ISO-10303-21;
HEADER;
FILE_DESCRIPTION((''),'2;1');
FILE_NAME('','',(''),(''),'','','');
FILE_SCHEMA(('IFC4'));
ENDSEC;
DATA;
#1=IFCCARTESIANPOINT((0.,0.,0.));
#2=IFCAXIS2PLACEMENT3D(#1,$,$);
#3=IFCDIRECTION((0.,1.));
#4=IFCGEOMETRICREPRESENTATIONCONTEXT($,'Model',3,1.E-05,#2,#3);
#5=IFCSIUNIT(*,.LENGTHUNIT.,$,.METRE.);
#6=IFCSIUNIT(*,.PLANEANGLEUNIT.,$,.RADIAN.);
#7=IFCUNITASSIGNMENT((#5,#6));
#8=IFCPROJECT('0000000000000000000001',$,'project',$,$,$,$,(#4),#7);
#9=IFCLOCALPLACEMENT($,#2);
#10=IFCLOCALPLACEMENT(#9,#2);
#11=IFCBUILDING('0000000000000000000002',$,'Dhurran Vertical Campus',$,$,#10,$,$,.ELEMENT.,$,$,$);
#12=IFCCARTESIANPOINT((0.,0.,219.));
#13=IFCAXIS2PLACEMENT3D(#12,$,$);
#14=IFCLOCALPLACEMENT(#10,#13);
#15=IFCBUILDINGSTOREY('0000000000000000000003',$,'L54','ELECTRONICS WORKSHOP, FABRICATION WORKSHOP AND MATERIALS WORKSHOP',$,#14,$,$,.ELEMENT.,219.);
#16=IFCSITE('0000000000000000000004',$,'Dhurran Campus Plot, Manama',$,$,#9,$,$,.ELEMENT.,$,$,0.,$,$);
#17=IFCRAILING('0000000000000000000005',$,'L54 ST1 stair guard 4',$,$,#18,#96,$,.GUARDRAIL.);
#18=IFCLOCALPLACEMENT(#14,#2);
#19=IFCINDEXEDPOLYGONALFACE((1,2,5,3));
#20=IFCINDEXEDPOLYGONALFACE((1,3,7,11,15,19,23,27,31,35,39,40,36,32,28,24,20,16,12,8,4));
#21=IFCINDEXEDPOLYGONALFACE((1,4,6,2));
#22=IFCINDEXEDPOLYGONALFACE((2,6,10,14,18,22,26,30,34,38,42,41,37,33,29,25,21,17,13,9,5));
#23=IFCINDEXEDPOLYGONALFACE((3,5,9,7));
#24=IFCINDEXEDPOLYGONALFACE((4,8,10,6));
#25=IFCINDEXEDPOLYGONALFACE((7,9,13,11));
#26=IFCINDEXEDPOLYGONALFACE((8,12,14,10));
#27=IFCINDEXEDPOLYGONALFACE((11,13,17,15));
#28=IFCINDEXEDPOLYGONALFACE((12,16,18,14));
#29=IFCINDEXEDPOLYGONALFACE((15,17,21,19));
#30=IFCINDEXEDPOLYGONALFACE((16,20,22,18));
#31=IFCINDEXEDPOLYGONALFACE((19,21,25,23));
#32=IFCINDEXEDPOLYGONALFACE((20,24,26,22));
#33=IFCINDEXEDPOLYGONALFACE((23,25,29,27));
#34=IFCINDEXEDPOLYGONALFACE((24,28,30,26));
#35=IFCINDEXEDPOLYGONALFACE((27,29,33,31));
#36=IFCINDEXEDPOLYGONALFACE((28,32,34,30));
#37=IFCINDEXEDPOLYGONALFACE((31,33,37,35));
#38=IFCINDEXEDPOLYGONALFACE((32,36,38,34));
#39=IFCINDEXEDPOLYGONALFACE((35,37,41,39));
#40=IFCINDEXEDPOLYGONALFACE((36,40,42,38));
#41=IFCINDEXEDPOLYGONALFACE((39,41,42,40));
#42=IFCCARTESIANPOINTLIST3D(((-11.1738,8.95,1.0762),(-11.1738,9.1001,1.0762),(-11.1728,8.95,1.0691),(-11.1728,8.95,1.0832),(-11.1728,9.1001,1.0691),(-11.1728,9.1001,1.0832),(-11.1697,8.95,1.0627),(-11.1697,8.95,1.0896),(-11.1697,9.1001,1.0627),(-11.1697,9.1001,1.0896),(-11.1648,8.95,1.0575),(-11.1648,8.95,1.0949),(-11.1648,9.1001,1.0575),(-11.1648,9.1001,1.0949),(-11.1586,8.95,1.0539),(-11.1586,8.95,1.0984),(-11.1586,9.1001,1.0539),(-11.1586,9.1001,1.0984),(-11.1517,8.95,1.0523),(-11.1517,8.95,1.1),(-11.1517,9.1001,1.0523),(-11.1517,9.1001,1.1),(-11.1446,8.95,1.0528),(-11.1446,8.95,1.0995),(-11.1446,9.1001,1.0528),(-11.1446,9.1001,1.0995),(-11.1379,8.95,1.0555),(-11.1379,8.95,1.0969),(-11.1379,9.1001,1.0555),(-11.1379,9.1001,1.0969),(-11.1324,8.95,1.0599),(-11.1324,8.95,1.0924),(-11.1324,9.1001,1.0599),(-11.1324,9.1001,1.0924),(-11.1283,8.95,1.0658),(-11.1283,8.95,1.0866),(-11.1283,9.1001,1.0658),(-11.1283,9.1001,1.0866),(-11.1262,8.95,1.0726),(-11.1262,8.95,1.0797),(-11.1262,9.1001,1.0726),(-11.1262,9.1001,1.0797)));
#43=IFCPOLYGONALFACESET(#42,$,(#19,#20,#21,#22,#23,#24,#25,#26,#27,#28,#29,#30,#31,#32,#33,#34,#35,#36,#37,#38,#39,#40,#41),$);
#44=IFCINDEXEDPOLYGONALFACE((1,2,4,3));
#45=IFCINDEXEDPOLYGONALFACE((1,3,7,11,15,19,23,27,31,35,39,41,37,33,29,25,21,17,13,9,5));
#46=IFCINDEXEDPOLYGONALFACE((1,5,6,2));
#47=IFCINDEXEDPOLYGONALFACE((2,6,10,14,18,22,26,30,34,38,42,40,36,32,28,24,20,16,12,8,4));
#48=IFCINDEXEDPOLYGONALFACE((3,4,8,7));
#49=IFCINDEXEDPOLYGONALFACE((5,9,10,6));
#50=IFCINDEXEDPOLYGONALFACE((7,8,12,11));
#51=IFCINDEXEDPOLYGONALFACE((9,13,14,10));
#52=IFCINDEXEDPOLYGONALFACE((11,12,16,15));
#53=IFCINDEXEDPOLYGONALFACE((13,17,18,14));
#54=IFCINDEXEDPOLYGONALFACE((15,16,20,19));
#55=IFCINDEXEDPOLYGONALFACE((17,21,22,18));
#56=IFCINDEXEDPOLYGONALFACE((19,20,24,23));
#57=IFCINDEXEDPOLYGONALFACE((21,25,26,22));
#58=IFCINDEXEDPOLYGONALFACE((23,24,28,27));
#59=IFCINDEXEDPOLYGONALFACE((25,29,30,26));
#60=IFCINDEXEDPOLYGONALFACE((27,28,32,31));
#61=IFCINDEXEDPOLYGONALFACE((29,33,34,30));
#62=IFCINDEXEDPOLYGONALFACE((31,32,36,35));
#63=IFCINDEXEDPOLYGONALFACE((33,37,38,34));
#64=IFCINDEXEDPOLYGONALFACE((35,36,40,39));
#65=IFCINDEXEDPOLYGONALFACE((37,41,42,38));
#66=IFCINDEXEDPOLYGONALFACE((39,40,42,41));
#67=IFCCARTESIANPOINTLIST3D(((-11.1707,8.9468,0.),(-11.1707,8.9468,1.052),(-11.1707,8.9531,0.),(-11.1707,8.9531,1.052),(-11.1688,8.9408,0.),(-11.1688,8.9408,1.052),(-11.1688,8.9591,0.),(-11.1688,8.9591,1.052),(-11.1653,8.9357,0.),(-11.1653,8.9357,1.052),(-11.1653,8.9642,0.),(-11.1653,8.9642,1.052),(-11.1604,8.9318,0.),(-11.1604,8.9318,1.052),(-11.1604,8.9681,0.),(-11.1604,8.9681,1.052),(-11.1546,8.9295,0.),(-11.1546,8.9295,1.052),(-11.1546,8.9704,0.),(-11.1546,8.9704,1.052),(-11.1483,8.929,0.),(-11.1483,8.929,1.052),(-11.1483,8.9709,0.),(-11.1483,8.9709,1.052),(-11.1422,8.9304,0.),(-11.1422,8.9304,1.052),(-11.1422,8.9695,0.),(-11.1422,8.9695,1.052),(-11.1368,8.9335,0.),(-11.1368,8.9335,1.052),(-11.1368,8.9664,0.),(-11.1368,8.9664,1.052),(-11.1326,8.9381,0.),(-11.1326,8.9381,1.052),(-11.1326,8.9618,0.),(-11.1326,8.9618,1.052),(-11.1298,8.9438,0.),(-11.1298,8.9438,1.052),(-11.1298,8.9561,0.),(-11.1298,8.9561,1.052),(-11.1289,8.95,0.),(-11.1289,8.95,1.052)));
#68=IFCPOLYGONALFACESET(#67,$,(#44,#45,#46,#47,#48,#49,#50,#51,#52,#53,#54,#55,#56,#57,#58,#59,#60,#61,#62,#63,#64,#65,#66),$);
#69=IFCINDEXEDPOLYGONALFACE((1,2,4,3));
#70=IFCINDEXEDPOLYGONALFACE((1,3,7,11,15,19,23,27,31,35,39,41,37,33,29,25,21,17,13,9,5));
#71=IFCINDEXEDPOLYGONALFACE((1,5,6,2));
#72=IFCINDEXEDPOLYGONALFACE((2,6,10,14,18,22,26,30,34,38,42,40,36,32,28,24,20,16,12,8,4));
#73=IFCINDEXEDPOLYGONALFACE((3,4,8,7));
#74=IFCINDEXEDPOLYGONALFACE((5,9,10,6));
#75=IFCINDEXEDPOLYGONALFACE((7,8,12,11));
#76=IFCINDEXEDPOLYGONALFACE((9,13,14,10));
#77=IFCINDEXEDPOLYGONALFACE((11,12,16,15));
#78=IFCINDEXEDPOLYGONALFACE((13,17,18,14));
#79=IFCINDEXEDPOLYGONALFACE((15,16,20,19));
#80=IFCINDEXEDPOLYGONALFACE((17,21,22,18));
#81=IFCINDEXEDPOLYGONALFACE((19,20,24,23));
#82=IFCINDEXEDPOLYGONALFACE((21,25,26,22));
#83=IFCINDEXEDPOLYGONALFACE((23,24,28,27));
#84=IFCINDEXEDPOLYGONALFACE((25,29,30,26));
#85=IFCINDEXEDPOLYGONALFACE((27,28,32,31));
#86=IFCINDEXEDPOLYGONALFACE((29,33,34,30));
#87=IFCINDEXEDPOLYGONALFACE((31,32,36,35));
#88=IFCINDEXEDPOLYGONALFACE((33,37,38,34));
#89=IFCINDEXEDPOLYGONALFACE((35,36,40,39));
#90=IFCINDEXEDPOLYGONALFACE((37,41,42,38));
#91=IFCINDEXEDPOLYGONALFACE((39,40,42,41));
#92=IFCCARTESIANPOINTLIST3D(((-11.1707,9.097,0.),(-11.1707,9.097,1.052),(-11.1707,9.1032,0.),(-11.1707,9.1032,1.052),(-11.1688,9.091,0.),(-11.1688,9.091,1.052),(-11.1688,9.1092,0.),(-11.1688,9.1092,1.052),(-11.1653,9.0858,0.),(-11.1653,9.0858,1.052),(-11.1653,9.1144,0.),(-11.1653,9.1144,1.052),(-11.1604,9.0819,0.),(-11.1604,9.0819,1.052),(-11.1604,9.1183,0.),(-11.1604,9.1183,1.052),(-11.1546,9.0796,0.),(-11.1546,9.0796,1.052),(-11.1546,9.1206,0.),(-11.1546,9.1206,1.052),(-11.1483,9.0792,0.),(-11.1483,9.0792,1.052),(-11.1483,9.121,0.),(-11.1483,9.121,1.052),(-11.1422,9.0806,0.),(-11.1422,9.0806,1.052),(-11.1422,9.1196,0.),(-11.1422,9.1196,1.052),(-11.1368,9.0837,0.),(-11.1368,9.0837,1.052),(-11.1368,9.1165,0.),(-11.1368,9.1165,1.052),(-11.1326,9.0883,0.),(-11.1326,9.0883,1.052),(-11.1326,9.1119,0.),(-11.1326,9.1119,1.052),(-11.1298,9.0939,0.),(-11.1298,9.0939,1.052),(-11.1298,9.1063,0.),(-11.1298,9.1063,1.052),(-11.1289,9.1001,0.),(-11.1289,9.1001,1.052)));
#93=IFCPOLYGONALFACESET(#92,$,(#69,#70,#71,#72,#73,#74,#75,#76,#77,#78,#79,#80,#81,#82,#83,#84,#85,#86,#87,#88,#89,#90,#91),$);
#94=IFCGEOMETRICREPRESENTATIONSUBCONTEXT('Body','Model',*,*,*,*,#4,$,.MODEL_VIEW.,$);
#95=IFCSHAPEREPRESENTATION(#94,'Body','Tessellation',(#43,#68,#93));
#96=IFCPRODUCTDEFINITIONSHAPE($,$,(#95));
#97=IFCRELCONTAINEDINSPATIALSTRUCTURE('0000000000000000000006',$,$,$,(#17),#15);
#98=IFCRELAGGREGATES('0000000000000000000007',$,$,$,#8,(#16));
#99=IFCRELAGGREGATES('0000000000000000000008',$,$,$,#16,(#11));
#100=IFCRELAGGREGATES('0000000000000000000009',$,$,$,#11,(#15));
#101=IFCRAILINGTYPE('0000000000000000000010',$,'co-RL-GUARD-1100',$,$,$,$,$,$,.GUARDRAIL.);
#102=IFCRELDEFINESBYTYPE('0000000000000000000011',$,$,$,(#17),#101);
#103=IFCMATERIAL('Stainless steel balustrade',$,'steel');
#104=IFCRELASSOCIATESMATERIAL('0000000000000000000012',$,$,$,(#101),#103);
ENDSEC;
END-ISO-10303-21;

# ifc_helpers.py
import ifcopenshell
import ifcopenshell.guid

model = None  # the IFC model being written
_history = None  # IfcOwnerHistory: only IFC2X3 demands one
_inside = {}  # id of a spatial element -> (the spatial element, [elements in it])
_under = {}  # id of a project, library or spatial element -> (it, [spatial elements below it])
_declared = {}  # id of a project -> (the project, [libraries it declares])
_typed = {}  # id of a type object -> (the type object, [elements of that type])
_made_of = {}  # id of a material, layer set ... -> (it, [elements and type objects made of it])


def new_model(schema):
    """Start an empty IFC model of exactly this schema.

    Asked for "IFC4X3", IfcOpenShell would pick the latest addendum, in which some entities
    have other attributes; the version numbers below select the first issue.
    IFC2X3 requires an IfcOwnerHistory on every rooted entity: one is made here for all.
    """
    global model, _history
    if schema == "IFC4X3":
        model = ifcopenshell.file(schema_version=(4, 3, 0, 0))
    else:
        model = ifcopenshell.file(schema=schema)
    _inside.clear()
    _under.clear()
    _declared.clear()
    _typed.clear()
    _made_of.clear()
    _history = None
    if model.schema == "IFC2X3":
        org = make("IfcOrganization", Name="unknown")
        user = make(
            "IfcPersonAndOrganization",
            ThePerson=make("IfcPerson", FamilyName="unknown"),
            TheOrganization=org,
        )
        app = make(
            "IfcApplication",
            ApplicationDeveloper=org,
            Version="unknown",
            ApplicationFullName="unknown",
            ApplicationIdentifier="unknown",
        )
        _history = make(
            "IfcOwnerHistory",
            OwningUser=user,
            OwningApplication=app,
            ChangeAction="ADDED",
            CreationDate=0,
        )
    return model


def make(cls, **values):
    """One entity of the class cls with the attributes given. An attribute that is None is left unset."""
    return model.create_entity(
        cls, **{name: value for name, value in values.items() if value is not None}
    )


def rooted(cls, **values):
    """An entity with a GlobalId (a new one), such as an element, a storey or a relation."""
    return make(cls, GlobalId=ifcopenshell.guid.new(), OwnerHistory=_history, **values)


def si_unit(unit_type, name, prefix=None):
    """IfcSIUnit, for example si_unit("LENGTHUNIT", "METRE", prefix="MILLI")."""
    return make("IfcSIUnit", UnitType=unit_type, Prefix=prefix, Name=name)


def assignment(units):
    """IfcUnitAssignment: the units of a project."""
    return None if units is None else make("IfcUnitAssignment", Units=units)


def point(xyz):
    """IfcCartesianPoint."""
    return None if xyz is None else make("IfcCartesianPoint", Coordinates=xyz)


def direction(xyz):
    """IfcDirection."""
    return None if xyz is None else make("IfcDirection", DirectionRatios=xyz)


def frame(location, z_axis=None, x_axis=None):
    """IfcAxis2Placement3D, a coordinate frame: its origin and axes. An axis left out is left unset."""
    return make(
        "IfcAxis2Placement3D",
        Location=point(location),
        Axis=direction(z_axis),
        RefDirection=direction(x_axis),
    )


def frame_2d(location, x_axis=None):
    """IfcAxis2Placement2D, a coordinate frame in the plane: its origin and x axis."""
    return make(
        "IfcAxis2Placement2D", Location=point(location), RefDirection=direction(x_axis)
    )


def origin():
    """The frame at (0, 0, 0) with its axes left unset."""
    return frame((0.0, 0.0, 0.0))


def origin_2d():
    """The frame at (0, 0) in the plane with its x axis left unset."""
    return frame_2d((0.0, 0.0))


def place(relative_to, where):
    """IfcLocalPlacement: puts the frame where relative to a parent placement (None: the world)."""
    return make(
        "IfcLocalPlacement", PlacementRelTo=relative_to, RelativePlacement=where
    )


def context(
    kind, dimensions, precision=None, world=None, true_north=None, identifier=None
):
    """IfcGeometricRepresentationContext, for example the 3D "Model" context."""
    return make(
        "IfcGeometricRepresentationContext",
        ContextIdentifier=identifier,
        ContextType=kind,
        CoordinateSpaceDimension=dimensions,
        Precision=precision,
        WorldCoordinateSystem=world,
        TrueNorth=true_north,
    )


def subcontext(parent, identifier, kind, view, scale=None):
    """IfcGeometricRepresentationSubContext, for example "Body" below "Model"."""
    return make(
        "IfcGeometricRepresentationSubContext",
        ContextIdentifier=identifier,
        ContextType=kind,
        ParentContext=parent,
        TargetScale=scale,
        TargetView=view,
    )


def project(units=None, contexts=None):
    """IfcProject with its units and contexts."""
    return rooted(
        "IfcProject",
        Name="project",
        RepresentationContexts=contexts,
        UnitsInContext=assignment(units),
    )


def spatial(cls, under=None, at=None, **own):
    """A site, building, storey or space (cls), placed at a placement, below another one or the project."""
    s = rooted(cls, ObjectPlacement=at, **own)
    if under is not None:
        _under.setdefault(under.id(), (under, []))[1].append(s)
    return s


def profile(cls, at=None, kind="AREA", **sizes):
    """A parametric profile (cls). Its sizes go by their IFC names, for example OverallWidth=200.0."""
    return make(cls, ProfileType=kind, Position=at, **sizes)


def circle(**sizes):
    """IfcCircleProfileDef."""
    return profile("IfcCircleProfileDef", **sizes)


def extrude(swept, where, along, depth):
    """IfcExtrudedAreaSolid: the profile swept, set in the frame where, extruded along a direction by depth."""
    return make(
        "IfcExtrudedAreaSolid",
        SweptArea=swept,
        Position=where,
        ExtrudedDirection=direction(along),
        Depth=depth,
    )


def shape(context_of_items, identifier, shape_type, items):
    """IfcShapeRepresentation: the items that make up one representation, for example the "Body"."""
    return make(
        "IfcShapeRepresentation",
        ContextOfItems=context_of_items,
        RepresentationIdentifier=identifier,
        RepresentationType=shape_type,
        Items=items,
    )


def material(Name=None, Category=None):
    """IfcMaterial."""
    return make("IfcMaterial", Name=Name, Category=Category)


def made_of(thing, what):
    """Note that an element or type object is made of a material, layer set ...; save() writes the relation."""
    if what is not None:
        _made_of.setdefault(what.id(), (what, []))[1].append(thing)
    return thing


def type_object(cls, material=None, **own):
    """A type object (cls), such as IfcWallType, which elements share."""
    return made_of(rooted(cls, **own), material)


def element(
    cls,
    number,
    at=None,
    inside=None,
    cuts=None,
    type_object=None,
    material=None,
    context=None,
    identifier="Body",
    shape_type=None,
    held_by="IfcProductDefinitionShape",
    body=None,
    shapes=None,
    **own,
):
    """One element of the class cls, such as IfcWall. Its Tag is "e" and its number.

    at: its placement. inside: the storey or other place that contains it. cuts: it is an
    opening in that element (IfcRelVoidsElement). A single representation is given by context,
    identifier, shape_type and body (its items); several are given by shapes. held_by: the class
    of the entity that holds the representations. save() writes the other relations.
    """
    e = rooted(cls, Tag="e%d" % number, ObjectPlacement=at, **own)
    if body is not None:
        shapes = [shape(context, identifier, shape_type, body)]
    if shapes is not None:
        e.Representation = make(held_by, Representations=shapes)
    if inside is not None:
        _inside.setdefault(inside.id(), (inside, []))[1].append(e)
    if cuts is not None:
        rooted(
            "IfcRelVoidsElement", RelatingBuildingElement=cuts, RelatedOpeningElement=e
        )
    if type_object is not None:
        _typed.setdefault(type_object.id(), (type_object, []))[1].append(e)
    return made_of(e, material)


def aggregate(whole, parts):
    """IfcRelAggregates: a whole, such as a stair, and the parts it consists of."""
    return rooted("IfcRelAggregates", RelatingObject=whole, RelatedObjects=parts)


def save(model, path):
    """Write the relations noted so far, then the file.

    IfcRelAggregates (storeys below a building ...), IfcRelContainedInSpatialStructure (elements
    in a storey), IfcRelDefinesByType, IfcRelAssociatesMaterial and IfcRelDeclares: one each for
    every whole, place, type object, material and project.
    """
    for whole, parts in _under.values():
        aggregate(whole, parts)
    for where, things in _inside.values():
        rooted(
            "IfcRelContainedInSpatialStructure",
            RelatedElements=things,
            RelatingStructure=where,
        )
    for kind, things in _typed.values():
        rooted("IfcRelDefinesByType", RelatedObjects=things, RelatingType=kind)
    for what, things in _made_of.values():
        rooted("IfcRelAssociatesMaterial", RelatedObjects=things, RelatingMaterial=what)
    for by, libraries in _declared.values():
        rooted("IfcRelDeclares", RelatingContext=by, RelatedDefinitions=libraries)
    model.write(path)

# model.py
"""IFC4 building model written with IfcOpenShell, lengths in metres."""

from ifc_helpers import new_model, si_unit, direction, frame, origin, origin_2d, place, context, subcontext, project, spatial, circle, extrude, material, type_object, element, save


model = new_model("IFC4")

# Units and contexts
model_context = context("Model", 3, precision=1e-05, world=origin(), true_north=direction((0.0, 1.0)))
body_context = subcontext(model_context, "Body", "Model", "MODEL_VIEW")
ifc_project = project(units=[si_unit("LENGTHUNIT", "METRE"), si_unit("PLANEANGLEUNIT", "RADIAN")], contexts=[model_context])

# Site, building, storey
site_placement = place(None, origin())
site = spatial("IfcSite", under=ifc_project, at=site_placement, Name="Dhurran Campus Plot, Manama", CompositionType="ELEMENT", RefElevation=0.0)
building_placement = place(site_placement, origin())
building = spatial("IfcBuilding", under=site, at=building_placement, Name="Dhurran Vertical Campus", CompositionType="ELEMENT")
storey_placement = place(building_placement, frame((0.0, 0.0, 219.0)))
storey = spatial("IfcBuildingStorey", under=building, at=storey_placement, Name="L54", Description="ELECTRONICS WORKSHOP, FABRICATION WORKSHOP AND MATERIALS WORKSHOP", CompositionType="ELEMENT", Elevation=219.0)

# Railing
ifc_material_1 = material(Name="Stainless steel balustrade", Category="steel")
railing_type_1 = type_object("IfcRailingType", Name="co-RL-GUARD-1100", PredefinedType="GUARDRAIL", material=ifc_material_1)
railing_1_placement = place(storey_placement, frame((-11.1499, 8.95, 0.0)))
element("IfcRailing", 1, at=railing_1_placement, inside=storey, type_object=railing_type_1, Name="L54 ST1 stair guard 4", PredefinedType="GUARDRAIL", context=body_context, shape_type="SweptSolid", body=[
    extrude(circle(Radius=0.0239, at=origin_2d()), frame((0.0, 0.0, 1.0762), z_axis=(0.0, 1.0, 0.0), x_axis=(-1.0, 0.0, 0.0)), (0.0, 0.0, 1.0), 0.1501),
    extrude(circle(Radius=0.021, at=origin_2d()), origin(), (0.0, 0.0, 1.0), 1.052),
    extrude(circle(Radius=0.021, at=origin_2d()), frame((0.0, 0.1501, 0.0)), (0.0, 0.0, 1.0), 1.052),
])

save(model, "model.ifc")
